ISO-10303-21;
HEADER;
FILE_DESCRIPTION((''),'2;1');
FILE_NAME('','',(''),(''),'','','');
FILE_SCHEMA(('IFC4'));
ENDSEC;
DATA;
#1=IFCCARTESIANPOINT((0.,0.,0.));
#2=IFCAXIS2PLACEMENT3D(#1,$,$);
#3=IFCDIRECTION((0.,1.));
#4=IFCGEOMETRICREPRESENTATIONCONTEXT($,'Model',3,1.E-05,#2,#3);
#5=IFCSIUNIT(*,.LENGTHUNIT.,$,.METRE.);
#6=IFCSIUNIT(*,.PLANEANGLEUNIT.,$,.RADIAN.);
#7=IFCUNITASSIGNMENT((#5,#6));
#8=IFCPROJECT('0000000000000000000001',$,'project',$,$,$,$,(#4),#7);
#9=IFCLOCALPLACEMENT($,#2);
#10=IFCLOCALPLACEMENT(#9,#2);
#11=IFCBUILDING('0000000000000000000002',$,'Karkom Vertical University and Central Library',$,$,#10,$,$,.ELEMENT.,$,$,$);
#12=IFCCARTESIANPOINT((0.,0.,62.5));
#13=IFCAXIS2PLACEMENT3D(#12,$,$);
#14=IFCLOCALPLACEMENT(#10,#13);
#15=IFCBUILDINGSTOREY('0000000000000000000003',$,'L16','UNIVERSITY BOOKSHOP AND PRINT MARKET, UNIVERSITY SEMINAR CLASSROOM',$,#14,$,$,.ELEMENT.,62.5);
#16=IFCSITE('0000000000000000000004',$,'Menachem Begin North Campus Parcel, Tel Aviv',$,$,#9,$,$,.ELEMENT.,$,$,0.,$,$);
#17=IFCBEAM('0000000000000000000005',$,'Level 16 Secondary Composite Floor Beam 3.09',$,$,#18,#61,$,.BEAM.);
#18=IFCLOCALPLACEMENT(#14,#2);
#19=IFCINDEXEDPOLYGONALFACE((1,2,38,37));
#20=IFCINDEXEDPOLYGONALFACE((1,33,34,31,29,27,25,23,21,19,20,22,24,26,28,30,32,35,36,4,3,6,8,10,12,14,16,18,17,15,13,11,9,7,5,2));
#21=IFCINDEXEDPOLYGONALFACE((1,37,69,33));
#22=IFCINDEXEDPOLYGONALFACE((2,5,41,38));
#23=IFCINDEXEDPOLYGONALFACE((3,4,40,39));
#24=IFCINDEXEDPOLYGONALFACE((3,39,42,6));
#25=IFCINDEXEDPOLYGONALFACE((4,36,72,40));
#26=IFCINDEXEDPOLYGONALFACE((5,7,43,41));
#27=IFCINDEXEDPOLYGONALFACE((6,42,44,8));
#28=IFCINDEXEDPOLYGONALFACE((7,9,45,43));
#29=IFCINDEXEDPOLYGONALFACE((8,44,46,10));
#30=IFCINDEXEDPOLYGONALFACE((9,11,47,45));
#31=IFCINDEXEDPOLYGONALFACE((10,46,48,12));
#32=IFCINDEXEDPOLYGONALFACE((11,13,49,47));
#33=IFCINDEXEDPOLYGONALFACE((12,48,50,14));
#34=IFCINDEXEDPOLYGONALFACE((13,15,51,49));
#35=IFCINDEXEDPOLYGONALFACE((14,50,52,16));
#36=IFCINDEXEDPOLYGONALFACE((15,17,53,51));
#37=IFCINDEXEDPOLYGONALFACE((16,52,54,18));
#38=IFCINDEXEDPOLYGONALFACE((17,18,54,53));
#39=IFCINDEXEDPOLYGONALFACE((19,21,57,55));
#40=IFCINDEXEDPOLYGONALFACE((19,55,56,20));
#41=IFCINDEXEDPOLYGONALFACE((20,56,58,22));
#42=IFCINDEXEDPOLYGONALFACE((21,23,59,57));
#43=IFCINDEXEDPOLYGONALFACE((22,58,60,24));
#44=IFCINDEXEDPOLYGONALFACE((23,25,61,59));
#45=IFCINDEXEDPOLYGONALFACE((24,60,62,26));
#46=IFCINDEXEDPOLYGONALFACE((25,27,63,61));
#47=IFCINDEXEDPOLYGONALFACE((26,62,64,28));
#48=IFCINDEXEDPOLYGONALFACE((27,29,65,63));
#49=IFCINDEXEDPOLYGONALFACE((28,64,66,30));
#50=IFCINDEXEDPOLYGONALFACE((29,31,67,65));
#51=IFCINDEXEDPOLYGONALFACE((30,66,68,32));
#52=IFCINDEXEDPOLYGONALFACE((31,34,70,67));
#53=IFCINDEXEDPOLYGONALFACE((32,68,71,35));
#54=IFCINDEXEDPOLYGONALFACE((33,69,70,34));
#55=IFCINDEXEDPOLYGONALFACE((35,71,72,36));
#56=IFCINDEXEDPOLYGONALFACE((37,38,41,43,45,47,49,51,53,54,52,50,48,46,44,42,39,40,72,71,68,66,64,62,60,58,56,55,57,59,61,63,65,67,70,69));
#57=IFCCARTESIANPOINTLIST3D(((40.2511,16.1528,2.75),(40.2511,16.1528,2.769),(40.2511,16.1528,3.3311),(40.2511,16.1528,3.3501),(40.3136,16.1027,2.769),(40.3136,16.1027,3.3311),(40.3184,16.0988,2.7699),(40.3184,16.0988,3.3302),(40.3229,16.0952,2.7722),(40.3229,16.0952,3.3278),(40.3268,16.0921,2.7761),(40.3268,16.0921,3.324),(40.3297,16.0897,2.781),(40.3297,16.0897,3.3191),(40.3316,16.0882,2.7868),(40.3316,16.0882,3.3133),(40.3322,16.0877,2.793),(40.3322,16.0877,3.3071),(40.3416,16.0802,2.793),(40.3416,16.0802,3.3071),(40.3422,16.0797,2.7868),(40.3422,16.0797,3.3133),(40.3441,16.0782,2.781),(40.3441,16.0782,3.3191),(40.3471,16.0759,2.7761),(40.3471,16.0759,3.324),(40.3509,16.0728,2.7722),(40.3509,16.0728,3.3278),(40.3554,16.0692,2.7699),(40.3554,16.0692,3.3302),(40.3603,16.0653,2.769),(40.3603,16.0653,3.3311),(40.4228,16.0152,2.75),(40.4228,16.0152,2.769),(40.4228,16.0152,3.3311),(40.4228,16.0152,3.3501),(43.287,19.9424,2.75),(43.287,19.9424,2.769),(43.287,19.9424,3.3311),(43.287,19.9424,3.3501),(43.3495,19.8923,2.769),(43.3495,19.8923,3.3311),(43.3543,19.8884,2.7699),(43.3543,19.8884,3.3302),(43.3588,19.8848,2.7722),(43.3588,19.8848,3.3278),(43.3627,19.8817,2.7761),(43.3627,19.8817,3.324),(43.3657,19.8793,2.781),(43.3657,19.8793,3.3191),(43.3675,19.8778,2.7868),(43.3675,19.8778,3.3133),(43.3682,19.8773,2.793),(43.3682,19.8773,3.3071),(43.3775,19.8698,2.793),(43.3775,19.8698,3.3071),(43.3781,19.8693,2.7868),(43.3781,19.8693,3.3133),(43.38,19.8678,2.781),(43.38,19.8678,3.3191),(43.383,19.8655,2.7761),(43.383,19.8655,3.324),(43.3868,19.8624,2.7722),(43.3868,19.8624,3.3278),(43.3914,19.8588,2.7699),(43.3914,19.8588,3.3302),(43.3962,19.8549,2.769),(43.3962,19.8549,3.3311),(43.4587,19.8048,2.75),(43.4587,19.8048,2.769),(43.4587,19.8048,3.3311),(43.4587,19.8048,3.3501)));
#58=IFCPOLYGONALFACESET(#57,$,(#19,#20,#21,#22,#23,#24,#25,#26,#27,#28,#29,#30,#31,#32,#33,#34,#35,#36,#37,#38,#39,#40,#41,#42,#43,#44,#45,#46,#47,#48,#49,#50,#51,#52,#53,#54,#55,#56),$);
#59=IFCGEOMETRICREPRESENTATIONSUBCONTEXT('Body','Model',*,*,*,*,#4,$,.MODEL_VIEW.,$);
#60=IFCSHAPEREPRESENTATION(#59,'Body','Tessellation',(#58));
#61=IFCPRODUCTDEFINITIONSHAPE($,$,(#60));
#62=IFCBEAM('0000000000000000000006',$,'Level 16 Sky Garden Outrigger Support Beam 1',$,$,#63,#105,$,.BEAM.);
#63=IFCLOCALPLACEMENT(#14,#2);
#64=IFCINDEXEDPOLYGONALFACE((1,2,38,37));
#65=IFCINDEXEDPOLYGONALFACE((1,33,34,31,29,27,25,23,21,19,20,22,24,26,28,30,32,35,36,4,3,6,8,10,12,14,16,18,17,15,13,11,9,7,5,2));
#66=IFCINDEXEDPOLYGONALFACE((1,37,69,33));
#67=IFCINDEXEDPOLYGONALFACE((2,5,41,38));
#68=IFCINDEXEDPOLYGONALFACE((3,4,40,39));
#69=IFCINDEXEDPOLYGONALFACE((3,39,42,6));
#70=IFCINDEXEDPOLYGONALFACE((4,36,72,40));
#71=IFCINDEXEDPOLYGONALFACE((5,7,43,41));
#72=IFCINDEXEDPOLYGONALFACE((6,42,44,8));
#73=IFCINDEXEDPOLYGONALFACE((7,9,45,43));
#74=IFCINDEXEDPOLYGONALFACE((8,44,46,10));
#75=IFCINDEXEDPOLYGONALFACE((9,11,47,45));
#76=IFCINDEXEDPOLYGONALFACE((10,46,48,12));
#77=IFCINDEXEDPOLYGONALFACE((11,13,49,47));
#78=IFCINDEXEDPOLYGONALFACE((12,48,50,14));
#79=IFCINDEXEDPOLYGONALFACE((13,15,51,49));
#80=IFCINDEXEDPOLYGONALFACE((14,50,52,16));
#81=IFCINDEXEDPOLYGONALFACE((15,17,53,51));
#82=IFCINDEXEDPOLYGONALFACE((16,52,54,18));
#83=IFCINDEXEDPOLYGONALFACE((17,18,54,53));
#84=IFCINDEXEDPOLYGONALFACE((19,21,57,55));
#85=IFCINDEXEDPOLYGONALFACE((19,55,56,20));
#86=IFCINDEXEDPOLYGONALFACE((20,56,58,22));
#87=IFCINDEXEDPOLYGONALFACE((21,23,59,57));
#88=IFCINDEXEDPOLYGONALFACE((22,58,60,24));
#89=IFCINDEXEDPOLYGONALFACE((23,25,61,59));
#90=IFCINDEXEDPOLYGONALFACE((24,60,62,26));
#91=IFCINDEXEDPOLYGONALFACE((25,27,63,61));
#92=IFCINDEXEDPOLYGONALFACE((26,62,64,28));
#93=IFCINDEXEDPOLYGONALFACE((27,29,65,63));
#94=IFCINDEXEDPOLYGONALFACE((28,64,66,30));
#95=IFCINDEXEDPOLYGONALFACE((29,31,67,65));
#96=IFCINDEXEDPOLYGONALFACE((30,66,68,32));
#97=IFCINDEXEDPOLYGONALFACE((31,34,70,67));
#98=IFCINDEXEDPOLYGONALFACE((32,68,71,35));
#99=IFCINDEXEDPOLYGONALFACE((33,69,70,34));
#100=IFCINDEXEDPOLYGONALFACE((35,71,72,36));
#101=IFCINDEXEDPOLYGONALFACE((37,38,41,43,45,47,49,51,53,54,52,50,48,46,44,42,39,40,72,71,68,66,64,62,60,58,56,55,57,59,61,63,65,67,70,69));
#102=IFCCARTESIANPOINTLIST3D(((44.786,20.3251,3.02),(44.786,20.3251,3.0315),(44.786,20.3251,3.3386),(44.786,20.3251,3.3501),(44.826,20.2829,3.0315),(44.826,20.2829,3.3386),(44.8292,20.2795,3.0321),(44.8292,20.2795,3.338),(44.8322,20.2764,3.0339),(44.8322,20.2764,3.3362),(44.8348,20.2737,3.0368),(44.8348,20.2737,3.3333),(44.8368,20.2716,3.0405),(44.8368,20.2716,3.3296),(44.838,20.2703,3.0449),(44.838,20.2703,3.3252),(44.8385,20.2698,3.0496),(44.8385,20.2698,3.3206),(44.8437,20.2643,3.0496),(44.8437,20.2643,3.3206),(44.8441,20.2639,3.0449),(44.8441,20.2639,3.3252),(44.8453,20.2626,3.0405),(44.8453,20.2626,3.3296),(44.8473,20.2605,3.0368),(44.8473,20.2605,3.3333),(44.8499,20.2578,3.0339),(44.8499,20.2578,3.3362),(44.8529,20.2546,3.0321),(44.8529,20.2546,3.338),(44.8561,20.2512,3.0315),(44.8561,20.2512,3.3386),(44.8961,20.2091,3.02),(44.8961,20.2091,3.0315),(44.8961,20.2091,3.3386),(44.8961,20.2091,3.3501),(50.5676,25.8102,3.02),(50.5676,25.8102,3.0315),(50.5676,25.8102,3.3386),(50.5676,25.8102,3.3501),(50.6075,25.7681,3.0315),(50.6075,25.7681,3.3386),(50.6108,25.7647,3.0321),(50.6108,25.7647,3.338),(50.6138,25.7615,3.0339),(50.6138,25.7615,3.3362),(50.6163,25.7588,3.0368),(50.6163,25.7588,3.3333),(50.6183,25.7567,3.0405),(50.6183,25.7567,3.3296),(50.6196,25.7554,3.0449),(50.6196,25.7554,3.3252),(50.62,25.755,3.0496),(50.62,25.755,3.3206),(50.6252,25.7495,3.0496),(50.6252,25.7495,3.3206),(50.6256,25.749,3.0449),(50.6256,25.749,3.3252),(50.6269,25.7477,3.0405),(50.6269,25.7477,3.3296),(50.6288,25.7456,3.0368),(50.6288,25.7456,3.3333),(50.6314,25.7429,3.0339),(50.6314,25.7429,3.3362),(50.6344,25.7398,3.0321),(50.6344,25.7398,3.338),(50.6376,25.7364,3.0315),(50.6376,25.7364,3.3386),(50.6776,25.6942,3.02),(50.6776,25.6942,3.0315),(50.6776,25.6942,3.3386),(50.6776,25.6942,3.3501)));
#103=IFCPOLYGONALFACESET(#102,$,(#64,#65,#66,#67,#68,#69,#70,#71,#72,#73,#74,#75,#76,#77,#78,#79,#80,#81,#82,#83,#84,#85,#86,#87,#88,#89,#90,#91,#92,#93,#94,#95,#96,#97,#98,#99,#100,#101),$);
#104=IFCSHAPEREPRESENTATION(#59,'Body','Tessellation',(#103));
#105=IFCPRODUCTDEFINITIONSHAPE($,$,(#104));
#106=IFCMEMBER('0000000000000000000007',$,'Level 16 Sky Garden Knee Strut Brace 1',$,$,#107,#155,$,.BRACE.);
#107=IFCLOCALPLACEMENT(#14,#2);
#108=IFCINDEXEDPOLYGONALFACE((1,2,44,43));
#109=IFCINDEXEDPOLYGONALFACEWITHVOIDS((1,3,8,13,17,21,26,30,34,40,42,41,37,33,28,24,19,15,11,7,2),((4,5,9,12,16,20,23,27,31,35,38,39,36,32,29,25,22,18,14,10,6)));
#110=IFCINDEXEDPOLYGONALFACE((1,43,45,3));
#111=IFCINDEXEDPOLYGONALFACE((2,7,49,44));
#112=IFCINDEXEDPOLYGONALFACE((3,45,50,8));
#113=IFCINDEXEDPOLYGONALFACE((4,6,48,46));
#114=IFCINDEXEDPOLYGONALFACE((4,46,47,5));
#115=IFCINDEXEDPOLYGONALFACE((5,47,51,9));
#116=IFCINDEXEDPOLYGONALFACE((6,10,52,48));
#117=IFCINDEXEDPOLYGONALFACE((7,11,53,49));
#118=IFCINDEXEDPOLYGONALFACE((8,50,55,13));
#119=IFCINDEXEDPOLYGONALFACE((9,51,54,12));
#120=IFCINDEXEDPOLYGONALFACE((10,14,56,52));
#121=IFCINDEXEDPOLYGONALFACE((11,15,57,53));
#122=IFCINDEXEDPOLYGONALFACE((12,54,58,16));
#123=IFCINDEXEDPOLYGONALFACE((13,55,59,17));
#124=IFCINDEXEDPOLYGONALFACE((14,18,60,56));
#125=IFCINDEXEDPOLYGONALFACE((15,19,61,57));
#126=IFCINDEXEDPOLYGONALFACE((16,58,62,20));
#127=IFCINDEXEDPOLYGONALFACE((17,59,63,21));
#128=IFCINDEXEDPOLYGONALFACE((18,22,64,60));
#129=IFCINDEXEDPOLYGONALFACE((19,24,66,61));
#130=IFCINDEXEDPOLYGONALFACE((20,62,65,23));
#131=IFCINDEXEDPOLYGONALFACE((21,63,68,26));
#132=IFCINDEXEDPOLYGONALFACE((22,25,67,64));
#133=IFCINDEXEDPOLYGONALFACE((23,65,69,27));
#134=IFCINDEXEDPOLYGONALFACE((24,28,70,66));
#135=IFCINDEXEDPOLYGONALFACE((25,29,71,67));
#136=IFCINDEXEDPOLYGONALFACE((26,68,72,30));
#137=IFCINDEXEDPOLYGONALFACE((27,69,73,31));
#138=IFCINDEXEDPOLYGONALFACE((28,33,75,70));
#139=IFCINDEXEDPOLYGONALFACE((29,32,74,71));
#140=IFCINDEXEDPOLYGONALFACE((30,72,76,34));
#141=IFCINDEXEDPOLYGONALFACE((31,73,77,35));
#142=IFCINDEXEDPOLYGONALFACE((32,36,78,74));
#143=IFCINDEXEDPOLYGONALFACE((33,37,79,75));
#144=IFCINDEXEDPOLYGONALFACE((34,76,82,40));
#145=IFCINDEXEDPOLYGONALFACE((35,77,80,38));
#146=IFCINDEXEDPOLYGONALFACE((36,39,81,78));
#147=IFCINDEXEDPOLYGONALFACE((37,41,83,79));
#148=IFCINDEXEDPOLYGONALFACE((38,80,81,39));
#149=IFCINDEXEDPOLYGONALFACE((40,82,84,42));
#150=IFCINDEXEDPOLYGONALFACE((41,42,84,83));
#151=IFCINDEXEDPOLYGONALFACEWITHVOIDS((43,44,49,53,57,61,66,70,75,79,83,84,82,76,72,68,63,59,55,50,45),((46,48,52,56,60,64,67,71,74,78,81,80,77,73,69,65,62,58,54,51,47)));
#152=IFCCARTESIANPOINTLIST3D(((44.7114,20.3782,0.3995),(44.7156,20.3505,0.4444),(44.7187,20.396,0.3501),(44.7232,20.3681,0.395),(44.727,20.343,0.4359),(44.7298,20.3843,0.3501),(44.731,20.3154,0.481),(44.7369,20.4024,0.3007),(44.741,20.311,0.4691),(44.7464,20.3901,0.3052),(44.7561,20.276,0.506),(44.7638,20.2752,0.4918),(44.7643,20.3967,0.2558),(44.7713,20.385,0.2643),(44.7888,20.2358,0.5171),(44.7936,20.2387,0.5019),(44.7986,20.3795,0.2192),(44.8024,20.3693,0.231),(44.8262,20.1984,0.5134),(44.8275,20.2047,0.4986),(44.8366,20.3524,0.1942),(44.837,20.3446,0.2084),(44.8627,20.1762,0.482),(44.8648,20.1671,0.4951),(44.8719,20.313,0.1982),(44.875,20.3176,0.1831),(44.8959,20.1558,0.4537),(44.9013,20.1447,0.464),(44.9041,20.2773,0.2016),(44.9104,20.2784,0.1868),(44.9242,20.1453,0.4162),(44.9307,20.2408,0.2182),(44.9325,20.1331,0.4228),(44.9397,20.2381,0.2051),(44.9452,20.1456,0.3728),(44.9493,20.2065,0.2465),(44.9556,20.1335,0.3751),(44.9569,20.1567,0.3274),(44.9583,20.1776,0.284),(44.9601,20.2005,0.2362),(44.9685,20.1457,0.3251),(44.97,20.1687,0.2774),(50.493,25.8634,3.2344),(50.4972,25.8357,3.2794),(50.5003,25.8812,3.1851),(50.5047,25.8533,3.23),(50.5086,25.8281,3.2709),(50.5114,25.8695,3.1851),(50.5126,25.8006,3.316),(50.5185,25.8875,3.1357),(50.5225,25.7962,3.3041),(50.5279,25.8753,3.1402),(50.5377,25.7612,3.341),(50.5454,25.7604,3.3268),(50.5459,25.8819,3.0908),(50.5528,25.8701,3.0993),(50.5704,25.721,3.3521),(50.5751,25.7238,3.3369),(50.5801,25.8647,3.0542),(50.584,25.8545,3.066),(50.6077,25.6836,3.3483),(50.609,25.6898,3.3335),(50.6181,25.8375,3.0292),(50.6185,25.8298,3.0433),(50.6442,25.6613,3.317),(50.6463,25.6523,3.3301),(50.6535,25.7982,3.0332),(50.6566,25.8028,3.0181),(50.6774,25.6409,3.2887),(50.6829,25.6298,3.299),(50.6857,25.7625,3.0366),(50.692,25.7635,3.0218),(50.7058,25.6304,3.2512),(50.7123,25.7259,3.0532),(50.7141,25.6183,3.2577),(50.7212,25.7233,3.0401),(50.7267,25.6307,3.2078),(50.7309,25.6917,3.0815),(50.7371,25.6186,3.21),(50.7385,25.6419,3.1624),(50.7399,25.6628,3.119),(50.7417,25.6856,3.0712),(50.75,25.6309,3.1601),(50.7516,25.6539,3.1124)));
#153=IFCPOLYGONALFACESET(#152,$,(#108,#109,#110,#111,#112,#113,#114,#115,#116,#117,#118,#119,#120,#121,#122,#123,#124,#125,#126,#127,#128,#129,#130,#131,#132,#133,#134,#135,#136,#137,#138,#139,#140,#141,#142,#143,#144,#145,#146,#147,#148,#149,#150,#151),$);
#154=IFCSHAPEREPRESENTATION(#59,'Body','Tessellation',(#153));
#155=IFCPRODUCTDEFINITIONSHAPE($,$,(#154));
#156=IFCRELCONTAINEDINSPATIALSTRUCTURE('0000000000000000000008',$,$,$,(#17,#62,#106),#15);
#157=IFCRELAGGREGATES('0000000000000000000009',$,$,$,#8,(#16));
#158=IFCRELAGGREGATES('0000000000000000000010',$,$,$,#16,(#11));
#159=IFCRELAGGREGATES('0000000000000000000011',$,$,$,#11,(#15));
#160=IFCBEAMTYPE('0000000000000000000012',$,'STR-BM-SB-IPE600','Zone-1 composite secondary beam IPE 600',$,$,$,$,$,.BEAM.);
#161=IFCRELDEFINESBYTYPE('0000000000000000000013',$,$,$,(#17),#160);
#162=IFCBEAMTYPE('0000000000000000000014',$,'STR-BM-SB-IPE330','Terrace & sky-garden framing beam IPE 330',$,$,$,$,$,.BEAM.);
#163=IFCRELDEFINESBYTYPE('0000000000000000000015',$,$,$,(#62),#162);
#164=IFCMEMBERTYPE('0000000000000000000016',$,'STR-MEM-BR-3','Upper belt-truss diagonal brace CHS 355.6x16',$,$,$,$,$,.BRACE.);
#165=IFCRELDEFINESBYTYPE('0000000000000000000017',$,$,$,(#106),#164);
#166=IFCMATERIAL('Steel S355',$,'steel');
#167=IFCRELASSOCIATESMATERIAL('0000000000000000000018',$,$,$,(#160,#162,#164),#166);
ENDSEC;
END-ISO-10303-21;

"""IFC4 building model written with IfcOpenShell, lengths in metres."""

from ifc_helpers import new_model, si_unit, direction, frame, origin, origin_with_axes, origin_2d, place, context, subcontext, project, spatial, hollow_circle, i_section, extrude, source, transform, mapped, material, material_profile, profile_set, type_object, element, save


model = new_model("IFC4")

# Units and contexts
model_context = context("Model", 3, precision=1e-05, world=origin(), true_north=direction((0.0, 1.0)))
body_context = subcontext(model_context, "Body", "Model", "MODEL_VIEW")
ifc_project = project(units=[si_unit("LENGTHUNIT", "METRE"), si_unit("PLANEANGLEUNIT", "RADIAN")], contexts=[model_context])

# Site, building, storey
site_placement = place(None, origin())
site = spatial("IfcSite", under=ifc_project, at=site_placement, Name="Menachem Begin North Campus Parcel, Tel Aviv", CompositionType="ELEMENT", RefElevation=0.0)
building_placement = place(site_placement, origin())
building = spatial("IfcBuilding", under=site, at=building_placement, Name="Karkom Vertical University and Central Library", CompositionType="ELEMENT")
storey_placement = place(building_placement, frame((0.0, 0.0, 62.5)))
storey = spatial("IfcBuildingStorey", under=building, at=storey_placement, Name="L16", Description="UNIVERSITY BOOKSHOP AND PRINT MARKET, UNIVERSITY SEMINAR CLASSROOM", CompositionType="ELEMENT", Elevation=62.5)

# Beams
ifc_material_1 = material(Name="Steel S355", Category="steel")
ifc_material_profile_1 = material_profile(ifc_material_1, i_section(OverallWidth=0.22, OverallDepth=0.6001, WebThickness=0.012, FlangeThickness=0.019, FilletRadius=0.0239, at=origin_2d()), Name="IPE 600")
ifc_profile_set_1 = profile_set([ifc_material_profile_1], Name="Steel S355")
beam_type_1 = type_object("IfcBeamType", Name="STR-BM-SB-IPE600", Description="Zone-1 composite secondary beam IPE 600", PredefinedType="BEAM", material=ifc_profile_set_1)
shared_shape_1 = source(origin_with_axes(), body_context, "Body", "SweptSolid", [
    extrude(i_section(OverallWidth=0.22, OverallDepth=0.6001, WebThickness=0.012, FlangeThickness=0.019, FilletRadius=0.0239, at=origin_2d()), origin(), (0.0, 0.0, 1.0), 4.8557),
])
beam_1_placement = place(storey_placement, frame((40.3369, 16.084, 3.05), z_axis=(0.625228, 0.780442, 0.0), x_axis=(-0.780442, 0.625228, 0.0)))
element("IfcBeam", 1, at=beam_1_placement, inside=storey, type_object=beam_type_1, Name="Level 16 Secondary Composite Floor Beam 3.09", PredefinedType="BEAM", context=body_context, shape_type="MappedRepresentation", body=[
    mapped(shared_shape_1, transform((0.0, 0.0, 0.0), scale=1.0)),
])
ifc_material_profile_2 = material_profile(ifc_material_1, i_section(OverallWidth=0.1599, OverallDepth=0.3301, WebThickness=0.0076, FlangeThickness=0.0115, FilletRadius=0.0181, at=origin_2d()), Name="IPE 330")
ifc_profile_set_2 = profile_set([ifc_material_profile_2], Name="Steel S355")
beam_type_2 = type_object("IfcBeamType", Name="STR-BM-SB-IPE330", Description="Terrace & sky-garden framing beam IPE 330", PredefinedType="BEAM", material=ifc_profile_set_2)
shared_shape_2 = source(origin_with_axes(), body_context, "Body", "SweptSolid", [
    extrude(i_section(OverallWidth=0.1599, OverallDepth=0.3301, WebThickness=0.0076, FlangeThickness=0.0115, FilletRadius=0.0181, at=origin_2d()), origin(), (0.0, 0.0, 1.0), 7.9695),
])
beam_2_placement = place(storey_placement, frame((44.8411, 20.2671, 3.1851), z_axis=(0.725457, 0.688267, 0.0), x_axis=(-0.688267, 0.725457, 0.0)))
element("IfcBeam", 2, at=beam_2_placement, inside=storey, type_object=beam_type_2, Name="Level 16 Sky Garden Outrigger Support Beam 1", PredefinedType="BEAM", context=body_context, shape_type="MappedRepresentation", body=[
    mapped(shared_shape_2, transform((0.0, 0.0, 0.0), scale=1.0)),
])

# Member
ifc_material_profile_3 = material_profile(ifc_material_1, hollow_circle(Radius=0.1777, WallThickness=0.0161, at=origin_2d()), Name="CHS 355.6x16")
ifc_profile_set_3 = profile_set([ifc_material_profile_3], Name="Steel S355")
member_type = type_object("IfcMemberType", Name="STR-MEM-BR-3", Description="Upper belt-truss diagonal brace CHS 355.6x16", PredefinedType="BRACE", material=ifc_profile_set_3)
shared_shape_3 = source(origin_with_axes(), body_context, "Body", "SweptSolid", [
    extrude(hollow_circle(Radius=0.1777, WallThickness=0.0161, at=origin_2d()), origin(), (0.0, 0.0, 1.0), 8.4587),
])
member_placement = place(storey_placement, frame((44.8411, 20.2671, 0.3501), z_axis=(0.683499, 0.64846, 0.335154), x_axis=(-0.688267, 0.725457, 0.0)))
element("IfcMember", 3, at=member_placement, inside=storey, type_object=member_type, Name="Level 16 Sky Garden Knee Strut Brace 1", PredefinedType="BRACE", context=body_context, shape_type="MappedRepresentation", body=[
    mapped(shared_shape_3, transform((0.0, 0.0, 0.0), scale=1.0)),
])

save(model, "model.ifc")
